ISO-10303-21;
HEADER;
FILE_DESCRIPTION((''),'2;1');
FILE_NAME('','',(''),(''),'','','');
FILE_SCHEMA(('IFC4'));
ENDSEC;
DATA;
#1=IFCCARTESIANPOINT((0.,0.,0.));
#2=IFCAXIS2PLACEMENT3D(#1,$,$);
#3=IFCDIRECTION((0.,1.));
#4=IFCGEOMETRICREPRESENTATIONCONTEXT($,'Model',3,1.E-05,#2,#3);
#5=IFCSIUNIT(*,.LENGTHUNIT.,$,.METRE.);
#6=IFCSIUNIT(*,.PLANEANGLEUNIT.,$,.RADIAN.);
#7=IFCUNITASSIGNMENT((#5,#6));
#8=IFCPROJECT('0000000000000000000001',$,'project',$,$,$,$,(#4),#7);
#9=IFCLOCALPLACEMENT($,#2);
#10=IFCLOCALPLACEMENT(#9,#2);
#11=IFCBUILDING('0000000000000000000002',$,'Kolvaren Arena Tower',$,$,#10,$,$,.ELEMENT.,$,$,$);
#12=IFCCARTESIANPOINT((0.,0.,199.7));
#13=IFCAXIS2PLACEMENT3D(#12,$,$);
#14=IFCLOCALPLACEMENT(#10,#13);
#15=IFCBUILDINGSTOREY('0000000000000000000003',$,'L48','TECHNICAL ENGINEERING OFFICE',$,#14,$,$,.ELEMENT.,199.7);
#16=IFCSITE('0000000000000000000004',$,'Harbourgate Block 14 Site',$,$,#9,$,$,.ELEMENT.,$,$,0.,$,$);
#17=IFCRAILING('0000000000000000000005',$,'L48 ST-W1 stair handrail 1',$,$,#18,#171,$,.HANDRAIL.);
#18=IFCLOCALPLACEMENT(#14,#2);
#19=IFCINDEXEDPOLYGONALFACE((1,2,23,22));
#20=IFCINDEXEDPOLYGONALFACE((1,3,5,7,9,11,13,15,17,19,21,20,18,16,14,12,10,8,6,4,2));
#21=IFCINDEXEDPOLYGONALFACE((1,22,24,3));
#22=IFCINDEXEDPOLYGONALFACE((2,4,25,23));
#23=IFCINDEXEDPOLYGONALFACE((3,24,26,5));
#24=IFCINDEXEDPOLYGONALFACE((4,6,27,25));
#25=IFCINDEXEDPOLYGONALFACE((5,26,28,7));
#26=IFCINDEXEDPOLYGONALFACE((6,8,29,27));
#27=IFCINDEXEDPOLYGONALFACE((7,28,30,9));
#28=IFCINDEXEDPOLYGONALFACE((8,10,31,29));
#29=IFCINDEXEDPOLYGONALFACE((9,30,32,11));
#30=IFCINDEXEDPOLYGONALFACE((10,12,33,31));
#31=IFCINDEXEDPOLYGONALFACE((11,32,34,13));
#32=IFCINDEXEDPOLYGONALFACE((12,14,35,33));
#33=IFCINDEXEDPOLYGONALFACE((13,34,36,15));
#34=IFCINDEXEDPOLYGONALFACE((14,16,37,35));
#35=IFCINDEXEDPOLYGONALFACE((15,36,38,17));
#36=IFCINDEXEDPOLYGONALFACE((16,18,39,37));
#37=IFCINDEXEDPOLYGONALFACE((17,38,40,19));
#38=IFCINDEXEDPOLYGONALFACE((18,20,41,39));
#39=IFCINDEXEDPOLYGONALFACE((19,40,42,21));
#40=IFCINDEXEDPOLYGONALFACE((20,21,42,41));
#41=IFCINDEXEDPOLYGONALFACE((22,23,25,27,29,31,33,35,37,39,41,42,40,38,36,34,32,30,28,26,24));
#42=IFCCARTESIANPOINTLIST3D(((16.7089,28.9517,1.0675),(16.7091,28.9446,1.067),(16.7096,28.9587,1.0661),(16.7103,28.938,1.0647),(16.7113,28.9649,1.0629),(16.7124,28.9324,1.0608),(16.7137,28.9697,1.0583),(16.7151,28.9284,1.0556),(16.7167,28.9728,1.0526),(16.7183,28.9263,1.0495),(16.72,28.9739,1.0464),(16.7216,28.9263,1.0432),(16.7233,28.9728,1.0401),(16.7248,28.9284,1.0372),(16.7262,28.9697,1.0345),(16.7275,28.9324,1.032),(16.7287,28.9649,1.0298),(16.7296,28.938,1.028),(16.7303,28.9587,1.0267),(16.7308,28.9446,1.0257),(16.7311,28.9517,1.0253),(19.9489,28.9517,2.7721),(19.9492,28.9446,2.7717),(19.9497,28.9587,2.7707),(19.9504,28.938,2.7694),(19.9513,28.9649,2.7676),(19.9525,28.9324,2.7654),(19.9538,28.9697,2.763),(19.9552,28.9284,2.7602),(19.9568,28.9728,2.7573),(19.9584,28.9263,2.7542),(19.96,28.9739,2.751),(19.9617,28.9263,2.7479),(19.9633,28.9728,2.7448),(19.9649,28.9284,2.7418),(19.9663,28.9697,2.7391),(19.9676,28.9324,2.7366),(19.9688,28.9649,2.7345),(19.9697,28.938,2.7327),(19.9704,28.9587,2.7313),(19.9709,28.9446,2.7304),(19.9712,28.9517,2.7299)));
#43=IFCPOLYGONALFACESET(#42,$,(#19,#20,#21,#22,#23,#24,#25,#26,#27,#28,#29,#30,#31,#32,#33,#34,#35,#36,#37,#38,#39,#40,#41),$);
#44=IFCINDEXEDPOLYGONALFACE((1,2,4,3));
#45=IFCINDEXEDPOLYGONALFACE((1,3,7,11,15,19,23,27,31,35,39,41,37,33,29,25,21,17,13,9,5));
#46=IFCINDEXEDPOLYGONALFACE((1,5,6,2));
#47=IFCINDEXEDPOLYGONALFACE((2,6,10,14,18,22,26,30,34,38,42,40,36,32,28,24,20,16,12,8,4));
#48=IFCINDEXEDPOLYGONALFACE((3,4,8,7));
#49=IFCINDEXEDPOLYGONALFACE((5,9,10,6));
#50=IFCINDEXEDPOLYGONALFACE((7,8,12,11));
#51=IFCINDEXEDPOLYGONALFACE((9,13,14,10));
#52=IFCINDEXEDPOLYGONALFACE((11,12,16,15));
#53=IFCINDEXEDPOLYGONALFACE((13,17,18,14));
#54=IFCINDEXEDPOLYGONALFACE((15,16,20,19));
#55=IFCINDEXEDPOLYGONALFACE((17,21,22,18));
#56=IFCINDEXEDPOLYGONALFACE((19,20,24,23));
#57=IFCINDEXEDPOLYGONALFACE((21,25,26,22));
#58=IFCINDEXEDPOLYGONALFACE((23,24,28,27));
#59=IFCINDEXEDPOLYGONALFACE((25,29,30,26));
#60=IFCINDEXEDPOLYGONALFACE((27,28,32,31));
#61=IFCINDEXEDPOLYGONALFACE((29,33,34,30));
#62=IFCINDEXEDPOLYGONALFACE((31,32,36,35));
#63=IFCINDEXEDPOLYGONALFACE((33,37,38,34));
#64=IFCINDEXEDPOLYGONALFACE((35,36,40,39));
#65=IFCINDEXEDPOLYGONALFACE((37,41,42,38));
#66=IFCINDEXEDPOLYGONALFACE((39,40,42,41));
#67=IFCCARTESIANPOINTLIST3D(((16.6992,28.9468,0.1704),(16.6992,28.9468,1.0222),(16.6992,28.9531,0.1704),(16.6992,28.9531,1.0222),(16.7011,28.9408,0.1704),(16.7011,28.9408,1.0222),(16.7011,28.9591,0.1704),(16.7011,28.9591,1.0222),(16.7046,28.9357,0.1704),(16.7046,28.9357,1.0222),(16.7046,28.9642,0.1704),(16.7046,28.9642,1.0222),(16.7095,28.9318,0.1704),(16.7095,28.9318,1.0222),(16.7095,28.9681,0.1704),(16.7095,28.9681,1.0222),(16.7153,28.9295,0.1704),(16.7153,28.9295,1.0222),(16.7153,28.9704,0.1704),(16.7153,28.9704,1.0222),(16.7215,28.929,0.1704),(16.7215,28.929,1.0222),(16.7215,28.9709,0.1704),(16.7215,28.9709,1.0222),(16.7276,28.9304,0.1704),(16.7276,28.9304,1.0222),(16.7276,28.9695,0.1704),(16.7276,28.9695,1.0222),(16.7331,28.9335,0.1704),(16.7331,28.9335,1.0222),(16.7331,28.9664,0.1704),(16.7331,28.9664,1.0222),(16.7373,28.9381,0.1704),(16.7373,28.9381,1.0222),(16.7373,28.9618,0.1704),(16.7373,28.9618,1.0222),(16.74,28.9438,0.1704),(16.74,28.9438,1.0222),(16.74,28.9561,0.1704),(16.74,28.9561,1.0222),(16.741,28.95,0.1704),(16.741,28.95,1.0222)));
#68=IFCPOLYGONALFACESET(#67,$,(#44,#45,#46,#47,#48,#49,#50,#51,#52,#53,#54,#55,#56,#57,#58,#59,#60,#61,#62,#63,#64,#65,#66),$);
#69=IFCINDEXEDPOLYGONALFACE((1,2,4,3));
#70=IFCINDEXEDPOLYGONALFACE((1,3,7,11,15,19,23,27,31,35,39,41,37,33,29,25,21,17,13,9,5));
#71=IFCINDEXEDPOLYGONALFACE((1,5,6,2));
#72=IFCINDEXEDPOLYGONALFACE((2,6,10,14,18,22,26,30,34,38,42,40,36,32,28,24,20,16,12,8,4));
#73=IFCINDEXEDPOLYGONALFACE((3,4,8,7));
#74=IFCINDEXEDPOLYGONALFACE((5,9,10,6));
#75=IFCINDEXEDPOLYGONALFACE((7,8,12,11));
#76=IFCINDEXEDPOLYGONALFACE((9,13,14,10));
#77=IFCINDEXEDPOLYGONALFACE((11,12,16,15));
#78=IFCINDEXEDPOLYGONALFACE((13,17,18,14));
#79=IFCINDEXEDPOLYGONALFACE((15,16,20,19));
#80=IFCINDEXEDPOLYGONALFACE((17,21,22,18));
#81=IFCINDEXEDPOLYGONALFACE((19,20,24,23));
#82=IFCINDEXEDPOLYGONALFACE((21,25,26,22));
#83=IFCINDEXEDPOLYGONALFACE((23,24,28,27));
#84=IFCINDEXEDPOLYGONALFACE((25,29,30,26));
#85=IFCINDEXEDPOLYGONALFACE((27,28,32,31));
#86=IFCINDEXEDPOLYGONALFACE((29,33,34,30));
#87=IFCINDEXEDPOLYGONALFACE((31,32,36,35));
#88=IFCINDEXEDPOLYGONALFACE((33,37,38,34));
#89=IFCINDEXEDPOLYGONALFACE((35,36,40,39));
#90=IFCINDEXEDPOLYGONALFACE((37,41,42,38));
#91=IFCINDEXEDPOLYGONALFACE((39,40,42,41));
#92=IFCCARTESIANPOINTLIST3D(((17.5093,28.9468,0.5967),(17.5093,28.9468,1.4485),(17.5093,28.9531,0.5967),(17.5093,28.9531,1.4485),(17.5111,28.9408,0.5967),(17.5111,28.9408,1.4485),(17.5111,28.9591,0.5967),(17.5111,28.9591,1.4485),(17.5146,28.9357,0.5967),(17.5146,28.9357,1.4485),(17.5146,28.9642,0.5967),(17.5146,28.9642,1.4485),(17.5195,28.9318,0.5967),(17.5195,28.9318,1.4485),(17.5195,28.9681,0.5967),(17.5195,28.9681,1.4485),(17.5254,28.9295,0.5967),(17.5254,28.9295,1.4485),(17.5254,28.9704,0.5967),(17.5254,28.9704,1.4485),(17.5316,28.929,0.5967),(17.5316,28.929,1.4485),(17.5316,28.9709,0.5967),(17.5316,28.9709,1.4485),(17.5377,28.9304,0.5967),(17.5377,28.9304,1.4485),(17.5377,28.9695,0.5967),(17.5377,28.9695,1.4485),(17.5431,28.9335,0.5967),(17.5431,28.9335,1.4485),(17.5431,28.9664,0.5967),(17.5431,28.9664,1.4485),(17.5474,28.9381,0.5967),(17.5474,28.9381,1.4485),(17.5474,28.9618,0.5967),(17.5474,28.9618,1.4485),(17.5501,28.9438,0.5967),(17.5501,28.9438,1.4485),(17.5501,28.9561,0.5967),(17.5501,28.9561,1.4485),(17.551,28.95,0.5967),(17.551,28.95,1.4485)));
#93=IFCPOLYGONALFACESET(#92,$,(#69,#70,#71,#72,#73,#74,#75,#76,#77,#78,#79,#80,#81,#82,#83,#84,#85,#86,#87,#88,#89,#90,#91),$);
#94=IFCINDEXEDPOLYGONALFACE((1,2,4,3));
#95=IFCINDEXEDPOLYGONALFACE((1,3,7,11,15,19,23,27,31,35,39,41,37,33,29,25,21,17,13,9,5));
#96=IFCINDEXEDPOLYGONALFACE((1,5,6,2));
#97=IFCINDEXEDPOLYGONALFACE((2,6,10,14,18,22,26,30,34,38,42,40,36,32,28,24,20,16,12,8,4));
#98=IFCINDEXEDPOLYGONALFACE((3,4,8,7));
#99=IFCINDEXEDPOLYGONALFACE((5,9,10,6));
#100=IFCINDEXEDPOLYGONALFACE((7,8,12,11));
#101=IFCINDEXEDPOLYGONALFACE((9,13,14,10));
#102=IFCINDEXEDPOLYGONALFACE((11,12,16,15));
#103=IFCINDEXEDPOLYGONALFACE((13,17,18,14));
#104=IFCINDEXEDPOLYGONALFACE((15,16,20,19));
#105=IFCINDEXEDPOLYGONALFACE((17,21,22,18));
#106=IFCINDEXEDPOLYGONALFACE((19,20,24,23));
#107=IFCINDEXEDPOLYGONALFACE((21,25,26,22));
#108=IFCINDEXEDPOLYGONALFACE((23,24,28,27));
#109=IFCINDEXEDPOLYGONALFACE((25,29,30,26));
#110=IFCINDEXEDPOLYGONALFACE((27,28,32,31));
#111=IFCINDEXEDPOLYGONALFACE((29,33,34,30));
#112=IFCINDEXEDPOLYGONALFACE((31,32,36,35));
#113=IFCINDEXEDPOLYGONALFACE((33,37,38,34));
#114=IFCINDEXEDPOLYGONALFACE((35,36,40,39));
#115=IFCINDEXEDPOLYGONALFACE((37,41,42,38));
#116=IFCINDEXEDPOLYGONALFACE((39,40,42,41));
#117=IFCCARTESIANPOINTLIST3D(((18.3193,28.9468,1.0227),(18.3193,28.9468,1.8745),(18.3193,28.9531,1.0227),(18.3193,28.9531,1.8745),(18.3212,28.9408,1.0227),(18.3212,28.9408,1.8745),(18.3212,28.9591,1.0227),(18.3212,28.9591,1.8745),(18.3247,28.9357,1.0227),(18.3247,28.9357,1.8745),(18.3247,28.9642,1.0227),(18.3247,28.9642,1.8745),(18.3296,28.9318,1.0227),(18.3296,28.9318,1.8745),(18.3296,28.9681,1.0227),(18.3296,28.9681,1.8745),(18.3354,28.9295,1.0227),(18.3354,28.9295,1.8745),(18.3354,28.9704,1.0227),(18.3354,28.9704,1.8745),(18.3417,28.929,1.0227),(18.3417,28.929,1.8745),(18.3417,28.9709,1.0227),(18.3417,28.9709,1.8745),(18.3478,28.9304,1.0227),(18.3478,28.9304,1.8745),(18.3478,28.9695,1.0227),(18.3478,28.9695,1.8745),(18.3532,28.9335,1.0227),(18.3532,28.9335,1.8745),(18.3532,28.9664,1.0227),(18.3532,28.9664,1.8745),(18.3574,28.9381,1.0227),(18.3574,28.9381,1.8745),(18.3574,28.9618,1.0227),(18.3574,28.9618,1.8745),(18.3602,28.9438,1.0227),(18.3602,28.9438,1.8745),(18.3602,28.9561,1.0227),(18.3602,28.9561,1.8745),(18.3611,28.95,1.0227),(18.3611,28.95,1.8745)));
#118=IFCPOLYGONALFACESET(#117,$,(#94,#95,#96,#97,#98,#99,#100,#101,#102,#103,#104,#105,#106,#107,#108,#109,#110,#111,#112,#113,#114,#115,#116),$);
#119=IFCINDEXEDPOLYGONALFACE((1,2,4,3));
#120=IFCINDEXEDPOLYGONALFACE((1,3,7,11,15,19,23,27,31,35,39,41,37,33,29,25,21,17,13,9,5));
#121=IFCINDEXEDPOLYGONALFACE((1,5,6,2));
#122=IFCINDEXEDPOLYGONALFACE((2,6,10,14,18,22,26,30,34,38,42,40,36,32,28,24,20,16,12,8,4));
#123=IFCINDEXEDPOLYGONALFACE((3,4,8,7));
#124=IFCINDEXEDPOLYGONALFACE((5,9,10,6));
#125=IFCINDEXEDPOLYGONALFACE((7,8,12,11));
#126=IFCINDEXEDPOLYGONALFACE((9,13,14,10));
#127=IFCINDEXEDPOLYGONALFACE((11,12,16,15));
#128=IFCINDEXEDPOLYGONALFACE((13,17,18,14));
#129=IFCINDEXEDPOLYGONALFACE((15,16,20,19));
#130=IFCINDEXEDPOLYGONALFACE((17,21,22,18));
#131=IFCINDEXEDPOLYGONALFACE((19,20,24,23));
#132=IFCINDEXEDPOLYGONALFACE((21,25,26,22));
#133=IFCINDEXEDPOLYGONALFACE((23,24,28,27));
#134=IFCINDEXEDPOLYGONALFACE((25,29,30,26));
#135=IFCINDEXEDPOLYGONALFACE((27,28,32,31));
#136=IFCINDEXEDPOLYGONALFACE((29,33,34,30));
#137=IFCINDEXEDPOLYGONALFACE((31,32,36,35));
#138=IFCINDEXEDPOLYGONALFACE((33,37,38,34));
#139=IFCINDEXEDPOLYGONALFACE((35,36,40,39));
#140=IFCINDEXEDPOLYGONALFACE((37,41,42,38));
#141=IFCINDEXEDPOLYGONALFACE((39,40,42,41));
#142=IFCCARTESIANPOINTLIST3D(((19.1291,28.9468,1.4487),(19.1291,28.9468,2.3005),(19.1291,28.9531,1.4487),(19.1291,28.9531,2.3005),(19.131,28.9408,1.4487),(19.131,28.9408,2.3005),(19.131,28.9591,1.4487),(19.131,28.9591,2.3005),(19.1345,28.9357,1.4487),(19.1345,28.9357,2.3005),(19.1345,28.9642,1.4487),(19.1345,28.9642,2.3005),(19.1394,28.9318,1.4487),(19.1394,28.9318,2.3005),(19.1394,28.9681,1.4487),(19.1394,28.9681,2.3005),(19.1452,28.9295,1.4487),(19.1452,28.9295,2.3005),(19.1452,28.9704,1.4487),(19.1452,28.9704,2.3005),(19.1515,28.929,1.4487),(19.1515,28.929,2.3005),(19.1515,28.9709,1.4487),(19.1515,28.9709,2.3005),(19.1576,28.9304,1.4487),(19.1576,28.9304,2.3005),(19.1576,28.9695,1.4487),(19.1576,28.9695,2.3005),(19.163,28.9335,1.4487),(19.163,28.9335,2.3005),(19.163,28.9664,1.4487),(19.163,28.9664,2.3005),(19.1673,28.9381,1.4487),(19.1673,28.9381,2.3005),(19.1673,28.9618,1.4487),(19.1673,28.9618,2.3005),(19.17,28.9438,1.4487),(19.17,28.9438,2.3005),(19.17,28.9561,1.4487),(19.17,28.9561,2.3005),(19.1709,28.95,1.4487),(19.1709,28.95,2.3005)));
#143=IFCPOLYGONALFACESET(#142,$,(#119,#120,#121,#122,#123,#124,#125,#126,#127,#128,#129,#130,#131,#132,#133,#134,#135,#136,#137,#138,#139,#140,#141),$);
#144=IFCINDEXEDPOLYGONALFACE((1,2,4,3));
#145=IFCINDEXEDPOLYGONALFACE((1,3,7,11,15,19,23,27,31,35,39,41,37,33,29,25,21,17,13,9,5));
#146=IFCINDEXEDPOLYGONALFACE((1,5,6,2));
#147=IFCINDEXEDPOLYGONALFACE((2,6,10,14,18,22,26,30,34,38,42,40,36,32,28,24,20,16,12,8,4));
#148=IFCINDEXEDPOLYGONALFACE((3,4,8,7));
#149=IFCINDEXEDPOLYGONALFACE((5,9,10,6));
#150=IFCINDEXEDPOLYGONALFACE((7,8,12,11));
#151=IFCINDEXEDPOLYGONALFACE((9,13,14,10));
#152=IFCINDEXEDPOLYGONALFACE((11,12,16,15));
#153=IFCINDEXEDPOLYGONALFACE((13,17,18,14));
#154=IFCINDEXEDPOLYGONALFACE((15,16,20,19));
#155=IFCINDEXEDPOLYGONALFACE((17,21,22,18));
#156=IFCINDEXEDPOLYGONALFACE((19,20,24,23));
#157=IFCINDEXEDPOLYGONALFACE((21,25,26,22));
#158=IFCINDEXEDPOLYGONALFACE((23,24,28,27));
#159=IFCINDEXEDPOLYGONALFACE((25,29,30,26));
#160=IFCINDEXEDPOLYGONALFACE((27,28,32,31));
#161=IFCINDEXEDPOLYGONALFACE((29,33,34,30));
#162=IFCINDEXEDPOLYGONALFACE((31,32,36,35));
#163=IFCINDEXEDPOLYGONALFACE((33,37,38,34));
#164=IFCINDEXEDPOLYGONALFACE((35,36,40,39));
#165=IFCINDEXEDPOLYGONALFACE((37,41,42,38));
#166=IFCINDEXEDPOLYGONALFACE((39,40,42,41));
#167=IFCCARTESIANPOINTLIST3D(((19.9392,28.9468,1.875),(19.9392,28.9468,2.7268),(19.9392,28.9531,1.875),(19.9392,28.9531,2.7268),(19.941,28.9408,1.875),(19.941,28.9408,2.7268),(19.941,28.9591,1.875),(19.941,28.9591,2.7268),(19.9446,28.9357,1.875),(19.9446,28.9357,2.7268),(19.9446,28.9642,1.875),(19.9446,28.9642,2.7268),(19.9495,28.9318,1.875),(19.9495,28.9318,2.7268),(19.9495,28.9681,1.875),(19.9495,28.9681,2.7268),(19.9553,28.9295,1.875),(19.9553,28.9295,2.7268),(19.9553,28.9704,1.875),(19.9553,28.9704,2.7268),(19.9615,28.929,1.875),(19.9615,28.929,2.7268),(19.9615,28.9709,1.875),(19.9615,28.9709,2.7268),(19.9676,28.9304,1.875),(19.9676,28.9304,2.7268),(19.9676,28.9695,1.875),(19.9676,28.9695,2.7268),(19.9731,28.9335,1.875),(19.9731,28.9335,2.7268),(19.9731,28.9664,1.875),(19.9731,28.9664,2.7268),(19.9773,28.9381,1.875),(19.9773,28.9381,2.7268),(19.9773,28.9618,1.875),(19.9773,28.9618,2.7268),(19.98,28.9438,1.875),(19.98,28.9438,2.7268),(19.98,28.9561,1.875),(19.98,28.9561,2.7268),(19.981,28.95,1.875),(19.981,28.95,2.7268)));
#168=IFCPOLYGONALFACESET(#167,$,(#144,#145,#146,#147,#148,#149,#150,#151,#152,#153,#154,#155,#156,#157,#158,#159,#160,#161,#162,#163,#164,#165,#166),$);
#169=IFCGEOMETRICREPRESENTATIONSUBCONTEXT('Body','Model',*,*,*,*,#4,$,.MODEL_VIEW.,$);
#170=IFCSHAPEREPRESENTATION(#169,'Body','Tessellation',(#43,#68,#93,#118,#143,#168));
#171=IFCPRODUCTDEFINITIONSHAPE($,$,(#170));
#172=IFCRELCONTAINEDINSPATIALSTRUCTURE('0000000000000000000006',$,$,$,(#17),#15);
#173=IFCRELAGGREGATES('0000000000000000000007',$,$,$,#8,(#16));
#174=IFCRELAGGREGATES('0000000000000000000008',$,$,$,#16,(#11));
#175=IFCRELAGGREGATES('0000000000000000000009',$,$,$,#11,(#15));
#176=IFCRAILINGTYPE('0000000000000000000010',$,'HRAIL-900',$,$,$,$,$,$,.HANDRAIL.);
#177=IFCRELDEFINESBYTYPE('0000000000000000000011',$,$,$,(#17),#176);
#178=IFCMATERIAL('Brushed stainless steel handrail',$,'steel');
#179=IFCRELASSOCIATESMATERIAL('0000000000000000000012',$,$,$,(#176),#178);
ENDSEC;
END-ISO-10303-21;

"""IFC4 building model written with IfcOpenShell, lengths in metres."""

from ifc_helpers import new_model, si_unit, direction, frame, origin, origin_2d, place, context, subcontext, project, spatial, circle, extrude, material, type_object, element, save


model = new_model("IFC4")

# Units and contexts
model_context = context("Model", 3, precision=1e-05, world=origin(), true_north=direction((0.0, 1.0)))
body_context = subcontext(model_context, "Body", "Model", "MODEL_VIEW")
ifc_project = project(units=[si_unit("LENGTHUNIT", "METRE"), si_unit("PLANEANGLEUNIT", "RADIAN")], contexts=[model_context])

# Site, building, storey
site_placement = place(None, origin())
site = spatial("IfcSite", under=ifc_project, at=site_placement, Name="Harbourgate Block 14 Site", CompositionType="ELEMENT", RefElevation=0.0)
building_placement = place(site_placement, origin())
building = spatial("IfcBuilding", under=site, at=building_placement, Name="Kolvaren Arena Tower", CompositionType="ELEMENT")
storey_placement = place(building_placement, frame((0.0, 0.0, 199.7)))
storey = spatial("IfcBuildingStorey", under=building, at=storey_placement, Name="L48", Description="TECHNICAL ENGINEERING OFFICE", CompositionType="ELEMENT", Elevation=199.7)

# Railing
ifc_material_1 = material(Name="Brushed stainless steel handrail", Category="steel")
railing_type_1 = type_object("IfcRailingType", Name="HRAIL-900", PredefinedType="HANDRAIL", material=ifc_material_1)
railing_1_placement = place(storey_placement, frame((16.72, 28.95, 0.1704)))
element("IfcRailing", 1, at=railing_1_placement, inside=storey, type_object=railing_type_1, Name="L48 ST-W1 stair handrail 1", PredefinedType="HANDRAIL", context=body_context, shape_type="SweptSolid", body=[
    extrude(circle(Radius=0.0239, at=origin_2d()), frame((0.0, 0.0, 0.876), z_axis=(0.884993, 0.0, 0.465604), x_axis=(0.0, 1.0, 0.0)), (0.0, 0.0, 1.0), 3.6611),
    extrude(circle(Radius=0.021, at=origin_2d()), origin(), (0.0, 0.0, 1.0), 0.8518),
    extrude(circle(Radius=0.021, at=origin_2d()), frame((0.8101, 0.0, 0.4263)), (0.0, 0.0, 1.0), 0.8518),
    extrude(circle(Radius=0.021, at=origin_2d()), frame((1.6201, 0.0, 0.8523)), (0.0, 0.0, 1.0), 0.8518),
    extrude(circle(Radius=0.021, at=origin_2d()), frame((2.4299, 0.0, 1.2783)), (0.0, 0.0, 1.0), 0.8518),
    extrude(circle(Radius=0.021, at=origin_2d()), frame((3.24, 0.0, 1.7046)), (0.0, 0.0, 1.0), 0.8518),
])

save(model, "model.ifc")
